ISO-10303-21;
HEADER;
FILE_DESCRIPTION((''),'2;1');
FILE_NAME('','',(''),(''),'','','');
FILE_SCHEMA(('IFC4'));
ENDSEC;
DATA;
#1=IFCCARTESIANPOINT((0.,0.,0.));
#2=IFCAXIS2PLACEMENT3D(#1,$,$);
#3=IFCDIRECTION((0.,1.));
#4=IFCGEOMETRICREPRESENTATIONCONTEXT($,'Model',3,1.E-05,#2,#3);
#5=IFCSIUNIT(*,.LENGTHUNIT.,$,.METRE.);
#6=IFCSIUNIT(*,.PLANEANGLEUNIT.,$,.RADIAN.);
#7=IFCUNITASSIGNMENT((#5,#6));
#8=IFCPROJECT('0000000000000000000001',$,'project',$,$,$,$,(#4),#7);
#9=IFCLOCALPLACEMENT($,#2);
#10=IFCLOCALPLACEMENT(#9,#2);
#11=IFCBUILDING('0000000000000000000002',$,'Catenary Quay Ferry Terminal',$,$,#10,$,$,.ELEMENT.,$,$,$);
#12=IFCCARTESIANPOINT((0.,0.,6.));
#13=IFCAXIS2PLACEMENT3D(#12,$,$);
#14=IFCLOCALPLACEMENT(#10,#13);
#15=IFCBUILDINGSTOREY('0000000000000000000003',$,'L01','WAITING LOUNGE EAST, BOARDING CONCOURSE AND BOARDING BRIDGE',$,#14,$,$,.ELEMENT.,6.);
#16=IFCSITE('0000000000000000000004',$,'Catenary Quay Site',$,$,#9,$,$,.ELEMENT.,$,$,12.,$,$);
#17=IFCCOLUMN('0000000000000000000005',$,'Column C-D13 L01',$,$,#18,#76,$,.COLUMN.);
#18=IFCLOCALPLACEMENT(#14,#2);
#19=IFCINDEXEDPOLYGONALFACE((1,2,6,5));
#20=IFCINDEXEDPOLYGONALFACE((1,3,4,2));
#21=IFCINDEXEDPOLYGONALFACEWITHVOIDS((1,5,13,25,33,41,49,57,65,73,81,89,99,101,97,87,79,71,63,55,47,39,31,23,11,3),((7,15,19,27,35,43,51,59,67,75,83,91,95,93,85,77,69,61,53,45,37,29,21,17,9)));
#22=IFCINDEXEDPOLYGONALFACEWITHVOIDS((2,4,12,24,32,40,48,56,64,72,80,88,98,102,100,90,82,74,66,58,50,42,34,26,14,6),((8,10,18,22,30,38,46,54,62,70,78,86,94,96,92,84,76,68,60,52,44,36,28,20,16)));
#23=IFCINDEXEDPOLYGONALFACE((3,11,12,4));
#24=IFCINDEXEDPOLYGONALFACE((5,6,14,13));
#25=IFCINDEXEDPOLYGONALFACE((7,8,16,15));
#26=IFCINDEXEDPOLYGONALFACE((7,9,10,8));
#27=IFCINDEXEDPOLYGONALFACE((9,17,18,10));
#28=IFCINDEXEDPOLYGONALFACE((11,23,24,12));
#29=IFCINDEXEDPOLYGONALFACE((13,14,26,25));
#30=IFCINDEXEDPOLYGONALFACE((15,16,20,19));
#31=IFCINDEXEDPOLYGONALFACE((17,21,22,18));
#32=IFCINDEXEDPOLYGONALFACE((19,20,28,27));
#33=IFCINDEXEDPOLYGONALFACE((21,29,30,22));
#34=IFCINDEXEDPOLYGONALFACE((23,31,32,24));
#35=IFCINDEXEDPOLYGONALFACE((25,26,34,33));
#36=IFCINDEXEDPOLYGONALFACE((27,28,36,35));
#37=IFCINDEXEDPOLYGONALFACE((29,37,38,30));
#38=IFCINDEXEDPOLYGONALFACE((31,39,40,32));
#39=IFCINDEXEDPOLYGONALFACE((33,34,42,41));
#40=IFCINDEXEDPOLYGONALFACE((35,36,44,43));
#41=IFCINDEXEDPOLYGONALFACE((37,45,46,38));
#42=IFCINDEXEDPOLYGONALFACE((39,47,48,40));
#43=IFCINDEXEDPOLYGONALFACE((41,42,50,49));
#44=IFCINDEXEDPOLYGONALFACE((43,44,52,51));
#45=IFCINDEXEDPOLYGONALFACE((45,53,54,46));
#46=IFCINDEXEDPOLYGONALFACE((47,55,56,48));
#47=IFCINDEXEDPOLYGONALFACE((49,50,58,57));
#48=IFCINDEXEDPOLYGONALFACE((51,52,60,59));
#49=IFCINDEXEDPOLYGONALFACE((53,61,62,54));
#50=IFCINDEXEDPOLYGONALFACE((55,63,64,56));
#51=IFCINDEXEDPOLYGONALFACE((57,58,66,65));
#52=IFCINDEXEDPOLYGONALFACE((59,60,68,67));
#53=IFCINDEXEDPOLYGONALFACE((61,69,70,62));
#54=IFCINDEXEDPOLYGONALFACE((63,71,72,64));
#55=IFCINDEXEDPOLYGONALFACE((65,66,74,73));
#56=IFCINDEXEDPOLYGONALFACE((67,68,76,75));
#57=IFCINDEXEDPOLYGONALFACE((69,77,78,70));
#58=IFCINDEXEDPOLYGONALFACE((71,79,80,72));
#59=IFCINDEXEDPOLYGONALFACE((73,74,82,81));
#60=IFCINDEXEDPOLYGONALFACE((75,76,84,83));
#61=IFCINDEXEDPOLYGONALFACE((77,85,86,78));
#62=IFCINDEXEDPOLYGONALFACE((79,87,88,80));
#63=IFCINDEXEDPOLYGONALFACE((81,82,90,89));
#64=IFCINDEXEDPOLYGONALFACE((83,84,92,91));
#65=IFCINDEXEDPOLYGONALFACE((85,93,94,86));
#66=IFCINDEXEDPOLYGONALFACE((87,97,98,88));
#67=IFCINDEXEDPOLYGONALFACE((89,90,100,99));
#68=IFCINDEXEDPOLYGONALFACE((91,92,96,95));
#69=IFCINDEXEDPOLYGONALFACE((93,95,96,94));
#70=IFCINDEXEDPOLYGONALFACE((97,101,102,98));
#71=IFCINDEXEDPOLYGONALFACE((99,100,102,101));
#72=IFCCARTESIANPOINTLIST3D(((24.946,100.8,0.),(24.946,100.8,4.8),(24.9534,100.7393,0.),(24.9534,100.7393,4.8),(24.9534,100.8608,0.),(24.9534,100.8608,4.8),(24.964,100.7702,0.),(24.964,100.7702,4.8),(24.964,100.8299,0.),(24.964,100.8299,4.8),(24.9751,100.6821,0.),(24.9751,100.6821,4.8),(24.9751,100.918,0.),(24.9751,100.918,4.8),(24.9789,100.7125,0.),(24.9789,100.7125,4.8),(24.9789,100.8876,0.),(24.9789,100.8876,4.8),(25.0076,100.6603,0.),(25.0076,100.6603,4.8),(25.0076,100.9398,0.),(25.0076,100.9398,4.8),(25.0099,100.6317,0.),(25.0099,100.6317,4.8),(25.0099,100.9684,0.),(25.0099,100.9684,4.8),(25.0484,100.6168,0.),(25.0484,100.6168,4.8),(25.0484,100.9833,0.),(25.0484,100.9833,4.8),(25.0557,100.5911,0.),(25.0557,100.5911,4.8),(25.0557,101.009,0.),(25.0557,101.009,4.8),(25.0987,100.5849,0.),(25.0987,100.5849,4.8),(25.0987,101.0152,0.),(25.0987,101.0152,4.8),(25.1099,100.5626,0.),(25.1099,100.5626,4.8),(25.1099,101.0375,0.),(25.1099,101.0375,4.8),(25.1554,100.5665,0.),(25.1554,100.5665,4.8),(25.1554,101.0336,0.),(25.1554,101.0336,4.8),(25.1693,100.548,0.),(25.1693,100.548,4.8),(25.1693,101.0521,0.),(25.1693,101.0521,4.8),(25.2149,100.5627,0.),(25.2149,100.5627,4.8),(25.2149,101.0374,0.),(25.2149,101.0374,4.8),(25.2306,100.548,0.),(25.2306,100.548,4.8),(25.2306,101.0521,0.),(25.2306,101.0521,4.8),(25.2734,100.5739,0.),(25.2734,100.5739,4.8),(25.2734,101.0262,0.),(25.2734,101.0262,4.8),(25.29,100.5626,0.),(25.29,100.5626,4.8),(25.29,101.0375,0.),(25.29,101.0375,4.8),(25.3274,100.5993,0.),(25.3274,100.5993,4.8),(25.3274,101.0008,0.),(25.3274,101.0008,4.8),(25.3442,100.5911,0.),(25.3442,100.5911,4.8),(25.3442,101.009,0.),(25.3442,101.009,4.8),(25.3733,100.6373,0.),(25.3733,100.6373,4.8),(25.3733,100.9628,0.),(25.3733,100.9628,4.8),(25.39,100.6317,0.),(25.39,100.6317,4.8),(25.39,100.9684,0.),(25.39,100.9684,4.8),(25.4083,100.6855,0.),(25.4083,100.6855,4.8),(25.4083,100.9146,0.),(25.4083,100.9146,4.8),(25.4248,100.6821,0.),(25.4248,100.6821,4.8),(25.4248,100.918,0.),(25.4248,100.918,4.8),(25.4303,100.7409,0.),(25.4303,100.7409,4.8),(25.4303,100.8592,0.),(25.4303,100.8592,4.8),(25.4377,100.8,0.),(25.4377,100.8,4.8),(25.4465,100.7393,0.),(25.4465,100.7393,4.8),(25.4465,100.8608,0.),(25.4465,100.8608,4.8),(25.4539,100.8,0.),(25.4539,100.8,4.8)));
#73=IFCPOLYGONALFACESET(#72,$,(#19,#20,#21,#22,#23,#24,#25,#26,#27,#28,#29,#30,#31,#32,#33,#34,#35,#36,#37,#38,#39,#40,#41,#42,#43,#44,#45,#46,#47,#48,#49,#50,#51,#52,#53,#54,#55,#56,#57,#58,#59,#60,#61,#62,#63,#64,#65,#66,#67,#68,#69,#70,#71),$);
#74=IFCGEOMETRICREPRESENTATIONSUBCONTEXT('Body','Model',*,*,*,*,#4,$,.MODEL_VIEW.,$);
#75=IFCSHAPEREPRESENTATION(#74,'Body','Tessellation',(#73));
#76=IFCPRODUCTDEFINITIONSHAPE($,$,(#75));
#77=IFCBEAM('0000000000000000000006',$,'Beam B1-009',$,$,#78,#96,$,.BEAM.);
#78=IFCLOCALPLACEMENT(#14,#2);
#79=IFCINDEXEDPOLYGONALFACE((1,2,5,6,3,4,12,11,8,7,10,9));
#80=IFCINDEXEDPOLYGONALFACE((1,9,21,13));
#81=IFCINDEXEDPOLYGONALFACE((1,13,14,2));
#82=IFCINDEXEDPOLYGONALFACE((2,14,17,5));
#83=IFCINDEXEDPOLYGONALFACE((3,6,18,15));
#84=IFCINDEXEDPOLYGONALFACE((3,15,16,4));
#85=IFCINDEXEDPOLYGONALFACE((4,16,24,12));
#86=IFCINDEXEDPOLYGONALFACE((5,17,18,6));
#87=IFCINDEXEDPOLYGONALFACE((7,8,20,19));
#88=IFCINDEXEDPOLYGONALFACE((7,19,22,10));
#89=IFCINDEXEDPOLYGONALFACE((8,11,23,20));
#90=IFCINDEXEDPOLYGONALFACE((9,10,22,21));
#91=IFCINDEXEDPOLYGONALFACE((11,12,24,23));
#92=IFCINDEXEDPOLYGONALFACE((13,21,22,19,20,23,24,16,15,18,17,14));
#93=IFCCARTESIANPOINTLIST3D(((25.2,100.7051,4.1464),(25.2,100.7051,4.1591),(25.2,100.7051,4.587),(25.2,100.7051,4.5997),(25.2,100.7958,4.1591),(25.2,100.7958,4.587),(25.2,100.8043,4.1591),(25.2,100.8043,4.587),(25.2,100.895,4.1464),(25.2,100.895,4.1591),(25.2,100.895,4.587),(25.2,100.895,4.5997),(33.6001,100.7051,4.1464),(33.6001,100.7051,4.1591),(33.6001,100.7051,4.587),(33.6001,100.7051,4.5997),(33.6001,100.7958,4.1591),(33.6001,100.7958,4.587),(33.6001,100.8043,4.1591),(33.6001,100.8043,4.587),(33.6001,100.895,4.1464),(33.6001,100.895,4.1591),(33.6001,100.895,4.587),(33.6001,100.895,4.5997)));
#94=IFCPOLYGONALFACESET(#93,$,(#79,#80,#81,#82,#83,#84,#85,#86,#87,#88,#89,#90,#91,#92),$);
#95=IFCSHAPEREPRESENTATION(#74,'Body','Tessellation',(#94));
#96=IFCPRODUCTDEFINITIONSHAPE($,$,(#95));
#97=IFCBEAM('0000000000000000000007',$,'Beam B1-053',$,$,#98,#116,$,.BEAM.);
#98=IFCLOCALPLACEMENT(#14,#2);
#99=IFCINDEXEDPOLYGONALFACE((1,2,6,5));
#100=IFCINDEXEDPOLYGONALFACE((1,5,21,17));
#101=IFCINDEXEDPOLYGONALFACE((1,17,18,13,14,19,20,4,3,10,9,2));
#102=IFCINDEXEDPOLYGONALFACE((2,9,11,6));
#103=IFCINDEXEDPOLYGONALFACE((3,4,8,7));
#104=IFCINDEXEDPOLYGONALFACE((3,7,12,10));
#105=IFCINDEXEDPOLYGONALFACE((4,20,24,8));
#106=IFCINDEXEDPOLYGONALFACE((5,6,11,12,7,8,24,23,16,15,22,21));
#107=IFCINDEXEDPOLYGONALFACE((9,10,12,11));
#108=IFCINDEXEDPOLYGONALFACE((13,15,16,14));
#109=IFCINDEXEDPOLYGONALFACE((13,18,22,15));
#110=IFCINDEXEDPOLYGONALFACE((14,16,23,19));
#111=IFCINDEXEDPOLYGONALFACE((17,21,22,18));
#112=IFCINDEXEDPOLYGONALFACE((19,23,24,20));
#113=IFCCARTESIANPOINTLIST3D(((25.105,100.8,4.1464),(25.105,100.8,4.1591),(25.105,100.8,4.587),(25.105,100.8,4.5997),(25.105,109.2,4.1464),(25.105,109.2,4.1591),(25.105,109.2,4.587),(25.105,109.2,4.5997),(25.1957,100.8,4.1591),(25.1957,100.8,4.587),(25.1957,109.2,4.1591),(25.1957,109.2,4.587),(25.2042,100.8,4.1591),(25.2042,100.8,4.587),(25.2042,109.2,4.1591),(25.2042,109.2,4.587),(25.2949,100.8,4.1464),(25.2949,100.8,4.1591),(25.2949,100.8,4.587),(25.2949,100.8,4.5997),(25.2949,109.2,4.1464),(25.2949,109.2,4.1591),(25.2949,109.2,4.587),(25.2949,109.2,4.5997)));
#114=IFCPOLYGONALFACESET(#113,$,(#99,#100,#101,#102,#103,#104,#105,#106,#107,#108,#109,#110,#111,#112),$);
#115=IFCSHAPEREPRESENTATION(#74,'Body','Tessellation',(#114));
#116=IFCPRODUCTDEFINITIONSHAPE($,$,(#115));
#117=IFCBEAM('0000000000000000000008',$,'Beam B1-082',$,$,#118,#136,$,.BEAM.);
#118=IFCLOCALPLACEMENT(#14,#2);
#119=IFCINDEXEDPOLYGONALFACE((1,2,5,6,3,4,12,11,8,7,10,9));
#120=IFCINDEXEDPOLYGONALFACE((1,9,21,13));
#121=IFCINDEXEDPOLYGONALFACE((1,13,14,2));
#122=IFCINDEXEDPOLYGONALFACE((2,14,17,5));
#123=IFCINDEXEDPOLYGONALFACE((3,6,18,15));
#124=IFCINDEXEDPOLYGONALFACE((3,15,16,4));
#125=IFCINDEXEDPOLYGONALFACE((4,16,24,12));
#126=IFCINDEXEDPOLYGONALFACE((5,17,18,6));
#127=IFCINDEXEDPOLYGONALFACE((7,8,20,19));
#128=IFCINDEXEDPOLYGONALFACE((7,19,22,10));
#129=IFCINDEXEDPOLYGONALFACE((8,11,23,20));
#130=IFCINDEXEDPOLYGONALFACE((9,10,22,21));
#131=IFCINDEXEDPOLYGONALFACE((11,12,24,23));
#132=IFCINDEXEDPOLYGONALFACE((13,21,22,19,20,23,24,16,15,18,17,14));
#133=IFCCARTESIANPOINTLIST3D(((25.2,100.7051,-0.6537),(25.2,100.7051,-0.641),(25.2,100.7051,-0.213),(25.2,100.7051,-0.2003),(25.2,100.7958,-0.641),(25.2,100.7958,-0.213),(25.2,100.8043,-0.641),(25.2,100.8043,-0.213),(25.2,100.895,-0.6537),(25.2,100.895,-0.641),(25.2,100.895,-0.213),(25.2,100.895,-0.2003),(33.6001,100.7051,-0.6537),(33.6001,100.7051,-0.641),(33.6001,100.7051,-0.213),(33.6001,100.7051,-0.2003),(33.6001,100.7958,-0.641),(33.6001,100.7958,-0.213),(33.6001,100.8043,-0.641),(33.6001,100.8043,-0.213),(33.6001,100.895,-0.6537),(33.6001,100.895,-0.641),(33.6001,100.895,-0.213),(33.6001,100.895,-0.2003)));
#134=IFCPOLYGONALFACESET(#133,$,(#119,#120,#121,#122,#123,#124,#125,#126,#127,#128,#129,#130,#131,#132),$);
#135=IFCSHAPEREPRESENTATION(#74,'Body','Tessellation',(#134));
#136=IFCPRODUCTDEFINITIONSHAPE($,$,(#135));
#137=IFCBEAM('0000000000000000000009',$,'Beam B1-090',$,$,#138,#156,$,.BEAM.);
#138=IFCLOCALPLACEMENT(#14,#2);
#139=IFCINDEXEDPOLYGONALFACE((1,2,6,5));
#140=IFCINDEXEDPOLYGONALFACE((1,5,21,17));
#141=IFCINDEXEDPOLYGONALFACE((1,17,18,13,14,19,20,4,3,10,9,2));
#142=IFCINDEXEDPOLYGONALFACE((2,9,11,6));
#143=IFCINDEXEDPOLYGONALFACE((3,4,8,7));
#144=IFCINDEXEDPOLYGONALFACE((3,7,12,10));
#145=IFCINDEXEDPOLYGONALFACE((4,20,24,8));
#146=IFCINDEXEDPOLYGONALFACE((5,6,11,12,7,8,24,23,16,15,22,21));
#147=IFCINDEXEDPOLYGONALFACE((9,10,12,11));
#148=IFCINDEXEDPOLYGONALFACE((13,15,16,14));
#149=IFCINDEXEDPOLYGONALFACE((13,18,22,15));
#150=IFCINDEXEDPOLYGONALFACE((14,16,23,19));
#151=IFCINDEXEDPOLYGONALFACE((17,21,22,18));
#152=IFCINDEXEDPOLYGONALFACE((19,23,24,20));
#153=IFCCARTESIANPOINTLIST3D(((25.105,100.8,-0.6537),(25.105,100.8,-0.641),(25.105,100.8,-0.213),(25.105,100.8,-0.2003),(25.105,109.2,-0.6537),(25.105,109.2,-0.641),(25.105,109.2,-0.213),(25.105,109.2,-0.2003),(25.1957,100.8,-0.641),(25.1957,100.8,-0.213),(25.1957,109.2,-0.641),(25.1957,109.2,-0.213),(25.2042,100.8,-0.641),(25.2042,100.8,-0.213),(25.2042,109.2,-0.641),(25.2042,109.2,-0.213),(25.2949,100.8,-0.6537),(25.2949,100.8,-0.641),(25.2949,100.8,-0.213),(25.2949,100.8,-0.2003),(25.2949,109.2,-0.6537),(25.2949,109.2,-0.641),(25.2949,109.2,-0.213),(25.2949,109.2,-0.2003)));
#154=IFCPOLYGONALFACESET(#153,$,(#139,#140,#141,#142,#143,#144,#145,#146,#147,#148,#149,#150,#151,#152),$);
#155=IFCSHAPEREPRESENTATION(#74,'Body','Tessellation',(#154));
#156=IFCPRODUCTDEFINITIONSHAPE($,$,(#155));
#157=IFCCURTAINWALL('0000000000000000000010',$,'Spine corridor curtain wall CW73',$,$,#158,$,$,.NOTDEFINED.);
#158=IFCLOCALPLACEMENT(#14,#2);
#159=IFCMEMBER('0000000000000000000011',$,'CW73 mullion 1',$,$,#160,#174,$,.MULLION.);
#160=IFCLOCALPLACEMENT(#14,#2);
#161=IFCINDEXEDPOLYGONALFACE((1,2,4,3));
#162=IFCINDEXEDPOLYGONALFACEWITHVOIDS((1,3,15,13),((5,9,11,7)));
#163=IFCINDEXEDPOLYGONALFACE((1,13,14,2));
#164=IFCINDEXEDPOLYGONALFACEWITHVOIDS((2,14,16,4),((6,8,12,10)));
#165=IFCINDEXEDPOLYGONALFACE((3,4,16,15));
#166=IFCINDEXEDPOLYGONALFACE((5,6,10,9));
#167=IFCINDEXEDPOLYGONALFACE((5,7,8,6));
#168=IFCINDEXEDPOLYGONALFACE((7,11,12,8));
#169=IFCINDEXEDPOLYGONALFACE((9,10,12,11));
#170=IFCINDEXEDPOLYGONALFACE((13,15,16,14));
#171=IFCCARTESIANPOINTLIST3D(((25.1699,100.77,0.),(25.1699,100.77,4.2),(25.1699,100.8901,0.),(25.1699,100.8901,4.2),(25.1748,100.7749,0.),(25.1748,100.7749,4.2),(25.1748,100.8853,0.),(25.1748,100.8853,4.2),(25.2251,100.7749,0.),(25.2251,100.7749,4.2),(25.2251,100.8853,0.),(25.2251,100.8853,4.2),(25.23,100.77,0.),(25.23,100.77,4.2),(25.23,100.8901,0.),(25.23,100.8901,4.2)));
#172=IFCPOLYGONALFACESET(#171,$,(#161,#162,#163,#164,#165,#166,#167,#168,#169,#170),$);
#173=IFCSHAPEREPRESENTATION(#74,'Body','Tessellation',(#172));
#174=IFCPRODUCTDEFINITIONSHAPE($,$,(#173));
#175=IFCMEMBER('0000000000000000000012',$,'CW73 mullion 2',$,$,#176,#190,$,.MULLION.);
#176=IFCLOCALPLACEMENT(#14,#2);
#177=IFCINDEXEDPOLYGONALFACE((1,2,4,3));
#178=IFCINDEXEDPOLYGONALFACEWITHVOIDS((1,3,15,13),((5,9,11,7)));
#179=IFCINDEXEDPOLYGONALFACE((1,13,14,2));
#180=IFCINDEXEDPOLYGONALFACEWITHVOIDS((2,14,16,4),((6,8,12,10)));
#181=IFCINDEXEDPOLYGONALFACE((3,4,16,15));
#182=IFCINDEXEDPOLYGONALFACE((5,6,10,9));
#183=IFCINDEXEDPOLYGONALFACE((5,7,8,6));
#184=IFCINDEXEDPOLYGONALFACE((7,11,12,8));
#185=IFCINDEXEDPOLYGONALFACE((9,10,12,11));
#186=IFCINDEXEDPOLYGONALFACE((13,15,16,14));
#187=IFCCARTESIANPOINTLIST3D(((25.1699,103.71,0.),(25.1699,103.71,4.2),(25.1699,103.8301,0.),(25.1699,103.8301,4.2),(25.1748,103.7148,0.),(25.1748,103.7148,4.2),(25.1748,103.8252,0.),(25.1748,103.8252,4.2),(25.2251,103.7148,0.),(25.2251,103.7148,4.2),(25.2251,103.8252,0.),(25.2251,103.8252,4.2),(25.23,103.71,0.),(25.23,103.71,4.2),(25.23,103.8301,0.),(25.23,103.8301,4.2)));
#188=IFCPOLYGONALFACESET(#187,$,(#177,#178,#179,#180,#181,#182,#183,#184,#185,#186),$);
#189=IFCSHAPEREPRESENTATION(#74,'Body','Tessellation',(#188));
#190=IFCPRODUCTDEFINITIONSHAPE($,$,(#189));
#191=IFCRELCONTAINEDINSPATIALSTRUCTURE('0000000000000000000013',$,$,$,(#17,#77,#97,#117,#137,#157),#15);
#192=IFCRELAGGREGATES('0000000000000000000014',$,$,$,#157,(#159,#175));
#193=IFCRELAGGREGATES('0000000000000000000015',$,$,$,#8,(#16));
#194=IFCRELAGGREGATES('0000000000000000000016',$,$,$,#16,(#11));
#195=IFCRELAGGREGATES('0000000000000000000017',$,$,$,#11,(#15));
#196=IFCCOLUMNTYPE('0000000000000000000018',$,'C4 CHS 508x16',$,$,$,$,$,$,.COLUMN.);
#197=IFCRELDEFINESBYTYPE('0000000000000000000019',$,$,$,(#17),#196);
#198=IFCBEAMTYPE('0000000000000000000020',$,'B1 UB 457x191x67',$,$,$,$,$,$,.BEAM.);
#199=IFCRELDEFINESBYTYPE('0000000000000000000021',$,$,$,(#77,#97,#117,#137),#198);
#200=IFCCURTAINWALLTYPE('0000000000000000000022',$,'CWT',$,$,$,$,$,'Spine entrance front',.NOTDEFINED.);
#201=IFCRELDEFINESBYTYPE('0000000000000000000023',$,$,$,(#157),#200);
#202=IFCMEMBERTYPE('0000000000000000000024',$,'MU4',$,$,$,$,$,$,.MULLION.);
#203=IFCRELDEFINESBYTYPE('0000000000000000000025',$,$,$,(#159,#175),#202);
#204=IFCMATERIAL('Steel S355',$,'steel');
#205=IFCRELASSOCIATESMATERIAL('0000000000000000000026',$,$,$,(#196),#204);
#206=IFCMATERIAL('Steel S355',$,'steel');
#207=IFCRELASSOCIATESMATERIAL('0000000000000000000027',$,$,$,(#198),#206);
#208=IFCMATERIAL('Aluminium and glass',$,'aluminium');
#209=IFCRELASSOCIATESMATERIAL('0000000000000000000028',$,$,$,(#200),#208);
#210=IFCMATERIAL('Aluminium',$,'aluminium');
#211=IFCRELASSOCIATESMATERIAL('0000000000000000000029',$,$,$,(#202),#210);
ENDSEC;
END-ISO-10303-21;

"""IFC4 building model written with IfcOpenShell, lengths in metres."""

from ifc_helpers import new_model, si_unit, direction, frame, origin, origin_2d, place, context, subcontext, project, spatial, hollow_rectangle, hollow_circle, i_section, extrude, material, material_profile, profile_set, type_object, element, aggregate, save


model = new_model("IFC4")

# Units and contexts
model_context = context("Model", 3, precision=1e-05, world=origin(), true_north=direction((0.0, 1.0)))
body_context = subcontext(model_context, "Body", "Model", "MODEL_VIEW")
ifc_project = project(units=[si_unit("LENGTHUNIT", "METRE"), si_unit("PLANEANGLEUNIT", "RADIAN")], contexts=[model_context])

# Site, building, storey
site_placement = place(None, origin())
site = spatial("IfcSite", under=ifc_project, at=site_placement, Name="Catenary Quay Site", CompositionType="ELEMENT", RefElevation=12.0)
building_placement = place(site_placement, origin())
building = spatial("IfcBuilding", under=site, at=building_placement, Name="Catenary Quay Ferry Terminal", CompositionType="ELEMENT")
storey_placement = place(building_placement, frame((0.0, 0.0, 6.0)))
storey = spatial("IfcBuildingStorey", under=building, at=storey_placement, Name="L01", Description="WAITING LOUNGE EAST, BOARDING CONCOURSE AND BOARDING BRIDGE", CompositionType="ELEMENT", Elevation=6.0)

# Column
ifc_material_1 = material(Name="Steel S355", Category="steel")
ifc_material_profile_1 = material_profile(ifc_material_1, hollow_circle(Radius=0.2539, WallThickness=0.0161, at=origin_2d()), Name="CHS 508x16")
ifc_profile_set_1 = profile_set([ifc_material_profile_1], Name="Steel S355")
column_type = type_object("IfcColumnType", Name="C4 CHS 508x16", PredefinedType="COLUMN", material=ifc_profile_set_1)
column_placement = place(storey_placement, frame((25.2, 100.8, 0.0), z_axis=(0.0, 0.0, 1.0), x_axis=(1.0, 0.0, 0.0)))
element("IfcColumn", 1, at=column_placement, inside=storey, type_object=column_type, Name="Column C-D13 L01", PredefinedType="COLUMN", context=body_context, shape_type="SweptSolid", body=[
    extrude(hollow_circle(Radius=0.2539, WallThickness=0.0161, at=origin_2d()), origin(), (0.0, 0.0, 1.0), 4.8),
])

# Beams
ifc_material_2 = material(Name="Steel S355", Category="steel")
ifc_material_profile_2 = material_profile(ifc_material_2, i_section(OverallWidth=0.1899, OverallDepth=0.4534, WebThickness=0.0085, FlangeThickness=0.0127, at=origin_2d()), Name="UB 457x191x67")
ifc_profile_set_2 = profile_set([ifc_material_profile_2], Name="Steel S355")
beam_type = type_object("IfcBeamType", Name="B1 UB 457x191x67", PredefinedType="BEAM", material=ifc_profile_set_2)
beam_1_placement = place(storey_placement, frame((25.2, 100.8, 4.373), z_axis=(1.0, 0.0, 0.0), x_axis=(0.0, 1.0, 0.0)))
element("IfcBeam", 2, at=beam_1_placement, inside=storey, type_object=beam_type, Name="Beam B1-009", PredefinedType="BEAM", context=body_context, shape_type="SweptSolid", body=[
    extrude(i_section(OverallWidth=0.1899, OverallDepth=0.4534, WebThickness=0.0085, FlangeThickness=0.0127, at=origin_2d()), origin(), (0.0, 0.0, 1.0), 8.4001),
])
beam_2_placement = place(storey_placement, frame((25.2, 100.8, 4.373), z_axis=(0.0, 1.0, 0.0), x_axis=(-1.0, 0.0, 0.0)))
element("IfcBeam", 3, at=beam_2_placement, inside=storey, type_object=beam_type, Name="Beam B1-053", PredefinedType="BEAM", context=body_context, shape_type="SweptSolid", body=[
    extrude(i_section(OverallWidth=0.1899, OverallDepth=0.4534, WebThickness=0.0085, FlangeThickness=0.0127, at=origin_2d()), origin(), (0.0, 0.0, 1.0), 8.3999),
])
beam_3_placement = place(storey_placement, frame((25.2, 100.8, -0.427), z_axis=(1.0, 0.0, 0.0), x_axis=(0.0, 1.0, 0.0)))
element("IfcBeam", 4, at=beam_3_placement, inside=storey, type_object=beam_type, Name="Beam B1-082", PredefinedType="BEAM", context=body_context, shape_type="SweptSolid", body=[
    extrude(i_section(OverallWidth=0.1899, OverallDepth=0.4534, WebThickness=0.0085, FlangeThickness=0.0127, at=origin_2d()), origin(), (0.0, 0.0, 1.0), 8.4001),
])
beam_4_placement = place(storey_placement, frame((25.2, 100.8, -0.427), z_axis=(0.0, 1.0, 0.0), x_axis=(-1.0, 0.0, 0.0)))
element("IfcBeam", 5, at=beam_4_placement, inside=storey, type_object=beam_type, Name="Beam B1-090", PredefinedType="BEAM", context=body_context, shape_type="SweptSolid", body=[
    extrude(i_section(OverallWidth=0.1899, OverallDepth=0.4534, WebThickness=0.0085, FlangeThickness=0.0127, at=origin_2d()), origin(), (0.0, 0.0, 1.0), 8.3999),
])

# Curtain wall, members
ifc_material_3 = material(Name="Aluminium and glass", Category="aluminium")
curtain_wall_type = type_object("IfcCurtainWallType", Name="CWT", ElementType="Spine entrance front", PredefinedType="NOTDEFINED", material=ifc_material_3)
curtain_wall_placement = place(storey_placement, origin())
curtain_wall = element("IfcCurtainWall", 6, at=curtain_wall_placement, inside=storey, type_object=curtain_wall_type, Name="Spine corridor curtain wall CW73", PredefinedType="NOTDEFINED")
ifc_material_4 = material(Name="Aluminium", Category="aluminium")
ifc_material_profile_3 = material_profile(ifc_material_4, hollow_rectangle(XDim=0.0601, YDim=0.1201, WallThickness=0.0049, at=origin_2d()), Name="MU4")
ifc_profile_set_3 = profile_set([ifc_material_profile_3], Name="Aluminium")
member_type_1 = type_object("IfcMemberType", Name="MU4", PredefinedType="MULLION", material=ifc_profile_set_3)
member_1_placement = place(storey_placement, frame((25.2, 100.8301, 0.0), z_axis=(0.0, 0.0, 1.0), x_axis=(-1.0, 0.0, 0.0)))
member_1 = element("IfcMember", 7, at=member_1_placement, type_object=member_type_1, Name="CW73 mullion 1", PredefinedType="MULLION", context=body_context, shape_type="SweptSolid", body=[
    extrude(hollow_rectangle(XDim=0.0601, YDim=0.1201, WallThickness=0.0049, at=origin_2d()), origin(), (0.0, 0.0, 1.0), 4.2),
])
member_2_placement = place(storey_placement, frame((25.2, 103.77, 0.0), z_axis=(0.0, 0.0, 1.0), x_axis=(-1.0, 0.0, 0.0)))
member_2 = element("IfcMember", 8, at=member_2_placement, type_object=member_type_1, Name="CW73 mullion 2", PredefinedType="MULLION", context=body_context, shape_type="SweptSolid", body=[
    extrude(hollow_rectangle(XDim=0.0601, YDim=0.1201, WallThickness=0.0049, at=origin_2d()), origin(), (0.0, 0.0, 1.0), 4.2),
])
aggregate(curtain_wall, [member_1, member_2])

save(model, "model.ifc")
